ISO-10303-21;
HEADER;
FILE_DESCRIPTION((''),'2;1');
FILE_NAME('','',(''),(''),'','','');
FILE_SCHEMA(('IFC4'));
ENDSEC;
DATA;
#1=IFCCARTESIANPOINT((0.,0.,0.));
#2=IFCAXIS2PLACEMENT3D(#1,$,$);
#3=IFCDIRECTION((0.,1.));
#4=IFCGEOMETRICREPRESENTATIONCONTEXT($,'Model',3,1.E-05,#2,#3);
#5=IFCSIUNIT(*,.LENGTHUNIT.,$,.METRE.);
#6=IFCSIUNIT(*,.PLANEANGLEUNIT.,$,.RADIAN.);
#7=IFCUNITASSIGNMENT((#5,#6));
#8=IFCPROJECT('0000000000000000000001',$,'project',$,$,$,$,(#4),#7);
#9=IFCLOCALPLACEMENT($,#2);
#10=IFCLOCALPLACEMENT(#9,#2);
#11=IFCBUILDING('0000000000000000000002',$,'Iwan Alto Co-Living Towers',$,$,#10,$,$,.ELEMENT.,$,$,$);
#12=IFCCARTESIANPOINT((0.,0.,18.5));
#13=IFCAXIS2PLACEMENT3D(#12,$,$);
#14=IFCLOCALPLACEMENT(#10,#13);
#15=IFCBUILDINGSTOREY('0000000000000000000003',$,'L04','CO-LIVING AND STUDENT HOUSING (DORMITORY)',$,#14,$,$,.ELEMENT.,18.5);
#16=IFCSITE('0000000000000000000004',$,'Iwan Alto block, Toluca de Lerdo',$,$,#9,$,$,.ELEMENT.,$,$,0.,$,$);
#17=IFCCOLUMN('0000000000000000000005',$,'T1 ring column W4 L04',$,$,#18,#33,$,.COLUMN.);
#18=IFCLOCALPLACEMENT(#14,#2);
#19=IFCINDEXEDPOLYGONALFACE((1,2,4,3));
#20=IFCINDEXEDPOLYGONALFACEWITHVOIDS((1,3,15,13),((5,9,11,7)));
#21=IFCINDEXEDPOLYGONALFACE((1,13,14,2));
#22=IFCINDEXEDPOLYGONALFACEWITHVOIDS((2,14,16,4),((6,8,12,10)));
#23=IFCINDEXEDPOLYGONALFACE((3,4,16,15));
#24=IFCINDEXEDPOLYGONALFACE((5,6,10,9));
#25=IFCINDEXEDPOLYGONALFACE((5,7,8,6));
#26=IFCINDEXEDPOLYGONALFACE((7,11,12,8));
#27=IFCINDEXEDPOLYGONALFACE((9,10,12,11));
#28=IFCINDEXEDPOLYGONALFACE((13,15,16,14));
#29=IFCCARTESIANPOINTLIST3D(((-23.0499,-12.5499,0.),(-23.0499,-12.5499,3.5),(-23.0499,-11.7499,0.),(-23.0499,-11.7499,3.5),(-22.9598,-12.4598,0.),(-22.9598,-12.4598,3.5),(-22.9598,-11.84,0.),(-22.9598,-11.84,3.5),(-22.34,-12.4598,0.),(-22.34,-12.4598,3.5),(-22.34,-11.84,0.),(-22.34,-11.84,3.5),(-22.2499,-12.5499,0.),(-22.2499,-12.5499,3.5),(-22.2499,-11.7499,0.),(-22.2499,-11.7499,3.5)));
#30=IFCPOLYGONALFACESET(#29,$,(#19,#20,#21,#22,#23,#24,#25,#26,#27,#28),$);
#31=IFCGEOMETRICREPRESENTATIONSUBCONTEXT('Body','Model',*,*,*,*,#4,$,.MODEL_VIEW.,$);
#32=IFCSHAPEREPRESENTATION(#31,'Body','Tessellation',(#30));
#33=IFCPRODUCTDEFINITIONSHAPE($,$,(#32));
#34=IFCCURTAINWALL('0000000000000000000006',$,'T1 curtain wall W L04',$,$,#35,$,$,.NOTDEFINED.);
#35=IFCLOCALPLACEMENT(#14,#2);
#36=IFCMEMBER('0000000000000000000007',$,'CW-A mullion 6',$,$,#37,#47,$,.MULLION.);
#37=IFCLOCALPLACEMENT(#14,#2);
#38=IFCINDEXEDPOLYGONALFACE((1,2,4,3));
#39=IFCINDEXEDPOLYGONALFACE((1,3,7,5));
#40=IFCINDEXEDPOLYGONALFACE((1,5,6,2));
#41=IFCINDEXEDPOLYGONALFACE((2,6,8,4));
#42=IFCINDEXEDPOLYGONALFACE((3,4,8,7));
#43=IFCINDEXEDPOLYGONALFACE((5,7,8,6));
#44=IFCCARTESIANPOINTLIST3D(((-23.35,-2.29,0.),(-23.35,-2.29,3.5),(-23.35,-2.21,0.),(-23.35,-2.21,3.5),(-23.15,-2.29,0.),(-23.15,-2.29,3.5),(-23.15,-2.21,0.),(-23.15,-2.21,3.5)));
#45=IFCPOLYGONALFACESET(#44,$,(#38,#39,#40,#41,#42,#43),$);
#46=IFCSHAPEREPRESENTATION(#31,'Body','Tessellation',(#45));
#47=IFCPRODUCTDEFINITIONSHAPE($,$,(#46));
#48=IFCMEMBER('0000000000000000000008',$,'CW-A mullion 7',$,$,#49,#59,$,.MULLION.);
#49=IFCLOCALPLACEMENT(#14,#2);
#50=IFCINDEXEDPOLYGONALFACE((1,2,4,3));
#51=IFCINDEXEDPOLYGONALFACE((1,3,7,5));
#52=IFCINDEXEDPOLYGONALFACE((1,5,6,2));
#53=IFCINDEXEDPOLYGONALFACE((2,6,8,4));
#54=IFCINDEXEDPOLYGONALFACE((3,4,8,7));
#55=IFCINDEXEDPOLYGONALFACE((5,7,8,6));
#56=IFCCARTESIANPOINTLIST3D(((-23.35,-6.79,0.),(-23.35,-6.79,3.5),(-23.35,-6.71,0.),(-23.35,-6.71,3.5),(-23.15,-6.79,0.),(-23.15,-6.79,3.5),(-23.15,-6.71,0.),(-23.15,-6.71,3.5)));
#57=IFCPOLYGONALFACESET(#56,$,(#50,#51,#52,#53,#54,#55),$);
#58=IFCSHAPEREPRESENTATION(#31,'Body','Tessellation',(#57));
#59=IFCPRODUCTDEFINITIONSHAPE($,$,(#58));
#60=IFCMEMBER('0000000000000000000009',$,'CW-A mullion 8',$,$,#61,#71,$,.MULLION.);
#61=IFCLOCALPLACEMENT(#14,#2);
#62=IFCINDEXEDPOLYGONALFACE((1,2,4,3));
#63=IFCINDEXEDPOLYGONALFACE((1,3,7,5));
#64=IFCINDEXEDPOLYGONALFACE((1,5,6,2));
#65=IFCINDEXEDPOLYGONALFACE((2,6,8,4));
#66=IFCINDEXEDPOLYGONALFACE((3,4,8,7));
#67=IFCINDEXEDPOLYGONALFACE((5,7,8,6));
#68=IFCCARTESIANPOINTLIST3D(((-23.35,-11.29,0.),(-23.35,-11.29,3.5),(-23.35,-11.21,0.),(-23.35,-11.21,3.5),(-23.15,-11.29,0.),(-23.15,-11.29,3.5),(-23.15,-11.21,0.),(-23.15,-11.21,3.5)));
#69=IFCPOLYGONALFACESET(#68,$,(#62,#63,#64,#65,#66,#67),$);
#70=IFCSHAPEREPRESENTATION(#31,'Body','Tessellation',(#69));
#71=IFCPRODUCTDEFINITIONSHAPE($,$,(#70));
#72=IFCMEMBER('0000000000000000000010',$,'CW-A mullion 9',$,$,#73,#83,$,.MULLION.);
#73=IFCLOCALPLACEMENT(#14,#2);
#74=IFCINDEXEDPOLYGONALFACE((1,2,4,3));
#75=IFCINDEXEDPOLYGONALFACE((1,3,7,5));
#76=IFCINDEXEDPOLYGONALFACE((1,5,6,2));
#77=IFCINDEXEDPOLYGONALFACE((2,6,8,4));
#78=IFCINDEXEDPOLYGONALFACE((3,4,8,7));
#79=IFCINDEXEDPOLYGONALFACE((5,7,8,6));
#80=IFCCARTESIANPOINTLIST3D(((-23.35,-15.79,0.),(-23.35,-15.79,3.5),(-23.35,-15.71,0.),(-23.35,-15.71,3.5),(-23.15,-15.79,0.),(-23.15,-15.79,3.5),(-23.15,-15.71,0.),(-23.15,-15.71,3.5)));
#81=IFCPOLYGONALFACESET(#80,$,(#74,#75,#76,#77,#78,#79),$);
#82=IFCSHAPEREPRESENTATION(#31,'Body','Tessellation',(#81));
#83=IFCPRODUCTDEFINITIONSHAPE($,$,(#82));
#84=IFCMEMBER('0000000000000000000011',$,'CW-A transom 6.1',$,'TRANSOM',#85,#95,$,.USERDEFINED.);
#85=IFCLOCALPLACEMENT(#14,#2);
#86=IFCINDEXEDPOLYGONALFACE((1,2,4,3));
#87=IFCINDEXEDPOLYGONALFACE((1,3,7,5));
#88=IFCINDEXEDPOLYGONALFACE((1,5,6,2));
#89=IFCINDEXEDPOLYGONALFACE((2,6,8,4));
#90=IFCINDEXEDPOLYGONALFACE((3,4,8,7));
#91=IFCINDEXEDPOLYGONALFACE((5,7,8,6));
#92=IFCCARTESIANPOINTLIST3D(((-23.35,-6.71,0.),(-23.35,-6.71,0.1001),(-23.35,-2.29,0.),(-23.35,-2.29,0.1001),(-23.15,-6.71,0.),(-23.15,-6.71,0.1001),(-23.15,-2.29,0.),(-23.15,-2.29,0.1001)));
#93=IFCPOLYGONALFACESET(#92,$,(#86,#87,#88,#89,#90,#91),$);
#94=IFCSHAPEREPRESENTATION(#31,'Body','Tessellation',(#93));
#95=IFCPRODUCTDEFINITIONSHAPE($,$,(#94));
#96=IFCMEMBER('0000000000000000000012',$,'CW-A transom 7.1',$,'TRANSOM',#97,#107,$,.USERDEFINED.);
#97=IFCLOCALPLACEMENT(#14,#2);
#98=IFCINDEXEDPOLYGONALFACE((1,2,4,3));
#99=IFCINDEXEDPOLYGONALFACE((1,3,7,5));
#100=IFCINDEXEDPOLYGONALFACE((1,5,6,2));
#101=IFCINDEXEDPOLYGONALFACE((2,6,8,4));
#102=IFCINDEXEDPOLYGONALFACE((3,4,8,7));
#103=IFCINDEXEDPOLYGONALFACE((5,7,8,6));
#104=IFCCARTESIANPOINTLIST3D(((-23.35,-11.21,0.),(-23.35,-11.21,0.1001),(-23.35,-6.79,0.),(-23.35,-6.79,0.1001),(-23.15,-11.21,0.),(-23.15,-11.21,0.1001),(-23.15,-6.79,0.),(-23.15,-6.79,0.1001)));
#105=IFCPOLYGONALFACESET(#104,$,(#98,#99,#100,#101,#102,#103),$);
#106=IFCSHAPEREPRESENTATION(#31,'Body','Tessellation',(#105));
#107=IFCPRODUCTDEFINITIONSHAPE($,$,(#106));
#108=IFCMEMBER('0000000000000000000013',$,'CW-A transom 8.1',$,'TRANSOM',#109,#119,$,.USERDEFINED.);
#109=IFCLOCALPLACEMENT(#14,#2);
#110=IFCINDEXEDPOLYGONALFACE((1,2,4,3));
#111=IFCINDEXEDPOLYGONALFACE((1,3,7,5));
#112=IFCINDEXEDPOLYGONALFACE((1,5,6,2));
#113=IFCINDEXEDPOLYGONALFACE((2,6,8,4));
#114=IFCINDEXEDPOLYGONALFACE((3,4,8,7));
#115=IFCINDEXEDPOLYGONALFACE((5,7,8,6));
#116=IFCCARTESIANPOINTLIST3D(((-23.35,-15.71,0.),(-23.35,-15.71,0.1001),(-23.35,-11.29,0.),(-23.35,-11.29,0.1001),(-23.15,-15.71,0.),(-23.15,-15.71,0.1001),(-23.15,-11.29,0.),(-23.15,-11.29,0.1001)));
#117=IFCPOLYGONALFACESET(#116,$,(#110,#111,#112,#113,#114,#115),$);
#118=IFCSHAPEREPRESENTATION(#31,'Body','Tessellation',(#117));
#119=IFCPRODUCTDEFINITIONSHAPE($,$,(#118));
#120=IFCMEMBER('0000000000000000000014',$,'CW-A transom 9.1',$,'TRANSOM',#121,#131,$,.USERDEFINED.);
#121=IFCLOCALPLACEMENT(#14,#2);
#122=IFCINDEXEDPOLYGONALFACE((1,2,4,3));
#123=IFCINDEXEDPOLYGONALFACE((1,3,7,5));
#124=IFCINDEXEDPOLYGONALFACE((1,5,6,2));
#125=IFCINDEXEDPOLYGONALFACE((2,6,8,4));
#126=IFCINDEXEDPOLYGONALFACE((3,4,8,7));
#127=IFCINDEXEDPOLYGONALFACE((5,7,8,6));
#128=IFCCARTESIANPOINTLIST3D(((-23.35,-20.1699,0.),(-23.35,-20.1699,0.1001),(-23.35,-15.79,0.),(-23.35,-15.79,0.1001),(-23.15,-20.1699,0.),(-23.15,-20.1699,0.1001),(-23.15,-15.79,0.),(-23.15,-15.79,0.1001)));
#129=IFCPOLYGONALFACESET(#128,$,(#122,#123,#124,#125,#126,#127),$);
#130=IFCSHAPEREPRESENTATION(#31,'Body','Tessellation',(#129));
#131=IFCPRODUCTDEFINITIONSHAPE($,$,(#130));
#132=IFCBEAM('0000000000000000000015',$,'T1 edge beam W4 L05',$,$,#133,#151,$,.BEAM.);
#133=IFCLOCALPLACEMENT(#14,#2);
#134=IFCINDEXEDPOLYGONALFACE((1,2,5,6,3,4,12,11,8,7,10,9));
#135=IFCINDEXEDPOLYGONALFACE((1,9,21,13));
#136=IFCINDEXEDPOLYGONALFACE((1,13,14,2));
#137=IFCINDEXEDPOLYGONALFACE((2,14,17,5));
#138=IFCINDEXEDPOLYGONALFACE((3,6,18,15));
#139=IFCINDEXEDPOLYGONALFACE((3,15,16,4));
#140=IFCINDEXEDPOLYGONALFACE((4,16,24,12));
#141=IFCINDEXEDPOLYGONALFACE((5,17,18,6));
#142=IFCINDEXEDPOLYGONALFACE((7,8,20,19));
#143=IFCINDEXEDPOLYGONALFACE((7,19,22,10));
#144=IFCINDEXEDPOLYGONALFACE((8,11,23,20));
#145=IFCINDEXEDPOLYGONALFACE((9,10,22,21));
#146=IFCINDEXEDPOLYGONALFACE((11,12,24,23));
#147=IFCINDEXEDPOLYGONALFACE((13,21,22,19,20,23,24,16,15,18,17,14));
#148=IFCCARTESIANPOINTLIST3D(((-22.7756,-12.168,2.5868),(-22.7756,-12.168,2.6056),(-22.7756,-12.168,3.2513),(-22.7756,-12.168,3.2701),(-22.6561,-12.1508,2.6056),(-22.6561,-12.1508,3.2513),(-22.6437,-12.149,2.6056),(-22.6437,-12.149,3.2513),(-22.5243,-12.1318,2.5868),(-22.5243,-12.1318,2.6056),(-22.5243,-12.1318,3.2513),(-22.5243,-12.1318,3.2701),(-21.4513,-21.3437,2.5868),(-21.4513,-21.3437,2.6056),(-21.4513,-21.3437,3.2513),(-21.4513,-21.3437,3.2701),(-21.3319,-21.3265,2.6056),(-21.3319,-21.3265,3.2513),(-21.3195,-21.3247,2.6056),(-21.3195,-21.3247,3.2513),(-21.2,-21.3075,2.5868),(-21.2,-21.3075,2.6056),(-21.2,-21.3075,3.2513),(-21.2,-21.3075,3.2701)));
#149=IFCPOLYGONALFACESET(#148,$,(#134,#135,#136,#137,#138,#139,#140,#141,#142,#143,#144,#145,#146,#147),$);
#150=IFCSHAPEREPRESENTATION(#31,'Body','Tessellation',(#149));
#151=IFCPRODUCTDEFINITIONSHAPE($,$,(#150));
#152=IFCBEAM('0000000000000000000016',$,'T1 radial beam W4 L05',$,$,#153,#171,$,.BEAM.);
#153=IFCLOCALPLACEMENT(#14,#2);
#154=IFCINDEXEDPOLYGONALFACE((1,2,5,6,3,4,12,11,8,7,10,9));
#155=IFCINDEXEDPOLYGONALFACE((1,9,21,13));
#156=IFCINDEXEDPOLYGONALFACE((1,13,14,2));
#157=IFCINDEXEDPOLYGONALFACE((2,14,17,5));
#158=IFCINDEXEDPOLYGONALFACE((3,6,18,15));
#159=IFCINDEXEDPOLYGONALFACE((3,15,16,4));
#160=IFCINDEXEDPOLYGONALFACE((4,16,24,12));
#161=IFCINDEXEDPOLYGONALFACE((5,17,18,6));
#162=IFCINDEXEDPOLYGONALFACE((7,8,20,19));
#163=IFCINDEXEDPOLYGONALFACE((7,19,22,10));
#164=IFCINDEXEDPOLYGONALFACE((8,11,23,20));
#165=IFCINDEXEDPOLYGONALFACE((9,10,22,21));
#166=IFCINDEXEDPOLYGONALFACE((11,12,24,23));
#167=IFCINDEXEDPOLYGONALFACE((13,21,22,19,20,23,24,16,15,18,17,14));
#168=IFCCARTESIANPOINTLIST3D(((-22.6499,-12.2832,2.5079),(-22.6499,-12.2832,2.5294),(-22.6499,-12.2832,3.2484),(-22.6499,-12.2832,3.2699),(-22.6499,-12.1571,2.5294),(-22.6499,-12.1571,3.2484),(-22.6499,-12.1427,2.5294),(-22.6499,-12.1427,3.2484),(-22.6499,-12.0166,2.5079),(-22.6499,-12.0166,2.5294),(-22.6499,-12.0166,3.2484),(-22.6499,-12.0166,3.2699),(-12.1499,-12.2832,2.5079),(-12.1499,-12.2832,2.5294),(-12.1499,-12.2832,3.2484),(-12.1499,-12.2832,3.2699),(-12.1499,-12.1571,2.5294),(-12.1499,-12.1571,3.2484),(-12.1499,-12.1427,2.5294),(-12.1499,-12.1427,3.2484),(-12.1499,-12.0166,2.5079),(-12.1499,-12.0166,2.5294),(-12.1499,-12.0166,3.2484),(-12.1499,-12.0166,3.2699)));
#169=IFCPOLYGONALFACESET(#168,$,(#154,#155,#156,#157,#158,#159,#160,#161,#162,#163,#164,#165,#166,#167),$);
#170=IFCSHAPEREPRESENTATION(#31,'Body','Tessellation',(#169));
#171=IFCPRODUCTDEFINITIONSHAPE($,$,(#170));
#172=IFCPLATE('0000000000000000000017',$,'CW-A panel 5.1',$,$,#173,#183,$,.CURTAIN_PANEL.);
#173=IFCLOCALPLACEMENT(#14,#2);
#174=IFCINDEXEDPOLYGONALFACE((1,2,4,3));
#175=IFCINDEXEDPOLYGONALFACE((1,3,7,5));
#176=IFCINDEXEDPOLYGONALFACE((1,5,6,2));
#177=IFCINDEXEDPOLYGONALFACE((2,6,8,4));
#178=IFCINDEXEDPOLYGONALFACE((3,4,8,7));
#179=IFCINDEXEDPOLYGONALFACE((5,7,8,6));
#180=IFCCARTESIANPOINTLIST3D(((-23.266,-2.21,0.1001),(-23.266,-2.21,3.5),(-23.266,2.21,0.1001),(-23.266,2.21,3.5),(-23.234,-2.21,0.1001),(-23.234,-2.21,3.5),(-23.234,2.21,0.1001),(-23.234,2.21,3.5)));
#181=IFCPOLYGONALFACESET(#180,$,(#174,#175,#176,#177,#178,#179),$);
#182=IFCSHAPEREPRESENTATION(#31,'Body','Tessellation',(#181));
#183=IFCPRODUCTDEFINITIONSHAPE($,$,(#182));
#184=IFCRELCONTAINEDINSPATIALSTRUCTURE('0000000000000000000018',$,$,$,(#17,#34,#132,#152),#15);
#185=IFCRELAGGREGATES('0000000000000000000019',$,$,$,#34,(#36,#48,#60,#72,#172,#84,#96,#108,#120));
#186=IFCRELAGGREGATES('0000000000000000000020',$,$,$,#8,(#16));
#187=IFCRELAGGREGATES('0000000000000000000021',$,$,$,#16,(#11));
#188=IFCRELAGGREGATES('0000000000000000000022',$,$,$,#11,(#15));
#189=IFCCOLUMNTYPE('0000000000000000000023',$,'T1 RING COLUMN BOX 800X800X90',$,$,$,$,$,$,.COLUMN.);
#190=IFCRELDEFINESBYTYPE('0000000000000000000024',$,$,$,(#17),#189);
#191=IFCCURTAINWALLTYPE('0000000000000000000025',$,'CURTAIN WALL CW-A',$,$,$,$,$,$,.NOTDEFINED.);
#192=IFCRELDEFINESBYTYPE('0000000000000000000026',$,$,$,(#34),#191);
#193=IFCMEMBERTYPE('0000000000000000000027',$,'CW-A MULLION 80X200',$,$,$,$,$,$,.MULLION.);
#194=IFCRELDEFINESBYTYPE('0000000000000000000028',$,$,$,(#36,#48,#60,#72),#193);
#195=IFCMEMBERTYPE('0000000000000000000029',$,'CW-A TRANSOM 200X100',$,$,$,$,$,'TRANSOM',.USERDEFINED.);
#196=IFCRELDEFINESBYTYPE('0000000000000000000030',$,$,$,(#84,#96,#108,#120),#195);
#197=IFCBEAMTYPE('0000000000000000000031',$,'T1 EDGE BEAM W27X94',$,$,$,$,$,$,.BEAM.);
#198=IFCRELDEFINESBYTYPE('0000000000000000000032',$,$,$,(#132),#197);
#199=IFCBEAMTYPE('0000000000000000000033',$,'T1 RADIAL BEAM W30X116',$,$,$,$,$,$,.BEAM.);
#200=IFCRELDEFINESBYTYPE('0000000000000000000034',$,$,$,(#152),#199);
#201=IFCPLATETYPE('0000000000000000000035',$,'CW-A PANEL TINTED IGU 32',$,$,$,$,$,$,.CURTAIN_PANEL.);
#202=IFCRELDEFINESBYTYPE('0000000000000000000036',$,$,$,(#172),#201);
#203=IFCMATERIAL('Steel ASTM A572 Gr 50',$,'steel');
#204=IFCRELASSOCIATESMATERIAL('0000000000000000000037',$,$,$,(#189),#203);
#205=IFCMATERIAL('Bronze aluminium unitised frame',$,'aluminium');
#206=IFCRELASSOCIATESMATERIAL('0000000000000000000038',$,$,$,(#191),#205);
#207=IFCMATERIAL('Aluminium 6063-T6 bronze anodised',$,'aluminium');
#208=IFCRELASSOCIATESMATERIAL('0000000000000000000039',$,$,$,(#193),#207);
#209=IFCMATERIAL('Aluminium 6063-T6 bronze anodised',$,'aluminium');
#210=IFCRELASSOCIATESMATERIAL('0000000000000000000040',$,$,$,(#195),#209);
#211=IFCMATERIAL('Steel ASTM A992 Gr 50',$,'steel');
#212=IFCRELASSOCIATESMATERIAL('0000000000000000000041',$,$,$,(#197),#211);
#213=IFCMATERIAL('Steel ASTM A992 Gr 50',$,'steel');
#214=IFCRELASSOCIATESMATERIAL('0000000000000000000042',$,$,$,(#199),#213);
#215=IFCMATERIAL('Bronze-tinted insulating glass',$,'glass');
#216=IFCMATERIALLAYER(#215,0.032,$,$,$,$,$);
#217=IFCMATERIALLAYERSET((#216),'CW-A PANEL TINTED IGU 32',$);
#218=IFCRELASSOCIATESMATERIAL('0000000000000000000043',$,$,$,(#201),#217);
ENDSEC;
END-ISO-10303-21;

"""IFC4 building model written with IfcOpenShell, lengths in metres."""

from ifc_helpers import new_model, si_unit, direction, frame, origin, origin_2d, place, context, subcontext, project, spatial, rectangle, hollow_rectangle, i_section, extrude, material, layer, layer_set, material_profile, profile_set, type_object, element, aggregate, save


model = new_model("IFC4")

# Units and contexts
model_context = context("Model", 3, precision=1e-05, world=origin(), true_north=direction((0.0, 1.0)))
body_context = subcontext(model_context, "Body", "Model", "MODEL_VIEW")
ifc_project = project(units=[si_unit("LENGTHUNIT", "METRE"), si_unit("PLANEANGLEUNIT", "RADIAN")], contexts=[model_context])

# Site, building, storey
site_placement = place(None, origin())
site = spatial("IfcSite", under=ifc_project, at=site_placement, Name="Iwan Alto block, Toluca de Lerdo", CompositionType="ELEMENT", RefElevation=0.0)
building_placement = place(site_placement, origin())
building = spatial("IfcBuilding", under=site, at=building_placement, Name="Iwan Alto Co-Living Towers", CompositionType="ELEMENT")
storey_placement = place(building_placement, frame((0.0, 0.0, 18.5)))
storey = spatial("IfcBuildingStorey", under=building, at=storey_placement, Name="L04", Description="CO-LIVING AND STUDENT HOUSING (DORMITORY)", CompositionType="ELEMENT", Elevation=18.5)

# Column
ifc_material_1 = material(Name="Steel ASTM A572 Gr 50", Category="steel")
ifc_material_profile_1 = material_profile(ifc_material_1, hollow_rectangle(XDim=0.8, YDim=0.8, WallThickness=0.0901, at=origin_2d()), Name="BOX 800X800X90")
ifc_profile_set_1 = profile_set([ifc_material_profile_1], Name="Steel ASTM A572 Gr 50")
column_type = type_object("IfcColumnType", Name="T1 RING COLUMN BOX 800X800X90", PredefinedType="COLUMN", material=ifc_profile_set_1)
column_placement = place(storey_placement, frame((-22.6499, -12.1499, 0.0), z_axis=(0.0, 0.0, 1.0), x_axis=(1.0, 0.0, 0.0)))
element("IfcColumn", 1, at=column_placement, inside=storey, type_object=column_type, Name="T1 ring column W4 L04", PredefinedType="COLUMN", context=body_context, shape_type="SweptSolid", body=[
    extrude(hollow_rectangle(XDim=0.8, YDim=0.8, WallThickness=0.0901, at=origin_2d()), origin(), (0.0, 0.0, 1.0), 3.5),
])

# Curtain wall, members
ifc_material_2 = material(Name="Bronze aluminium unitised frame", Category="aluminium")
curtain_wall_type = type_object("IfcCurtainWallType", Name="CURTAIN WALL CW-A", PredefinedType="NOTDEFINED", material=ifc_material_2)
curtain_wall_placement = place(storey_placement, origin())
curtain_wall = element("IfcCurtainWall", 2, at=curtain_wall_placement, inside=storey, type_object=curtain_wall_type, Name="T1 curtain wall W L04", PredefinedType="NOTDEFINED")
ifc_material_3 = material(Name="Aluminium 6063-T6 bronze anodised", Category="aluminium")
ifc_material_profile_2 = material_profile(ifc_material_3, rectangle(XDim=0.2, YDim=0.0801, at=origin_2d()), Name="AL 80X200")
ifc_profile_set_2 = profile_set([ifc_material_profile_2], Name="Aluminium 6063-T6 bronze anodised")
member_type_1 = type_object("IfcMemberType", Name="CW-A MULLION 80X200", PredefinedType="MULLION", material=ifc_profile_set_2)
member_1_placement = place(storey_placement, frame((-23.25, -2.25, 0.0), z_axis=(0.0, 0.0, 1.0), x_axis=(1.0, 0.0, 0.0)))
member_1 = element("IfcMember", 3, at=member_1_placement, type_object=member_type_1, Name="CW-A mullion 6", PredefinedType="MULLION", context=body_context, shape_type="SweptSolid", body=[
    extrude(rectangle(XDim=0.2, YDim=0.0801, at=origin_2d()), origin(), (0.0, 0.0, 1.0), 3.5),
])
member_2_placement = place(storey_placement, frame((-23.25, -6.75, 0.0), z_axis=(0.0, 0.0, 1.0), x_axis=(1.0, 0.0, 0.0)))
member_2 = element("IfcMember", 4, at=member_2_placement, type_object=member_type_1, Name="CW-A mullion 7", PredefinedType="MULLION", context=body_context, shape_type="SweptSolid", body=[
    extrude(rectangle(XDim=0.2, YDim=0.0801, at=origin_2d()), origin(), (0.0, 0.0, 1.0), 3.5),
])
member_3_placement = place(storey_placement, frame((-23.25, -11.25, 0.0), z_axis=(0.0, 0.0, 1.0), x_axis=(1.0, 0.0, 0.0)))
member_3 = element("IfcMember", 5, at=member_3_placement, type_object=member_type_1, Name="CW-A mullion 8", PredefinedType="MULLION", context=body_context, shape_type="SweptSolid", body=[
    extrude(rectangle(XDim=0.2, YDim=0.0801, at=origin_2d()), origin(), (0.0, 0.0, 1.0), 3.5),
])
member_4_placement = place(storey_placement, frame((-23.25, -15.75, 0.0), z_axis=(0.0, 0.0, 1.0), x_axis=(1.0, 0.0, 0.0)))
member_4 = element("IfcMember", 6, at=member_4_placement, type_object=member_type_1, Name="CW-A mullion 9", PredefinedType="MULLION", context=body_context, shape_type="SweptSolid", body=[
    extrude(rectangle(XDim=0.2, YDim=0.0801, at=origin_2d()), origin(), (0.0, 0.0, 1.0), 3.5),
])
ifc_material_4 = material(Name="Aluminium 6063-T6 bronze anodised", Category="aluminium")
ifc_material_profile_3 = material_profile(ifc_material_4, rectangle(XDim=0.2, YDim=0.1001, at=origin_2d()), Name="AL 200X100")
ifc_profile_set_3 = profile_set([ifc_material_profile_3], Name="Aluminium 6063-T6 bronze anodised")
member_type_2 = type_object("IfcMemberType", Name="CW-A TRANSOM 200X100", ElementType="TRANSOM", PredefinedType="USERDEFINED", material=ifc_profile_set_3)
member_5_placement = place(storey_placement, frame((-23.25, -2.29, 0.05), z_axis=(0.0, -1.0, 0.0), x_axis=(1.0, 0.0, 0.0)))
member_5 = element("IfcMember", 7, at=member_5_placement, type_object=member_type_2, Name="CW-A transom 6.1", ObjectType="TRANSOM", PredefinedType="USERDEFINED", context=body_context, shape_type="SweptSolid", body=[
    extrude(rectangle(XDim=0.2, YDim=0.1001, at=origin_2d()), origin(), (0.0, 0.0, 1.0), 4.4199),
])
member_6_placement = place(storey_placement, frame((-23.25, -6.79, 0.05), z_axis=(0.0, -1.0, 0.0), x_axis=(1.0, 0.0, 0.0)))
member_6 = element("IfcMember", 8, at=member_6_placement, type_object=member_type_2, Name="CW-A transom 7.1", ObjectType="TRANSOM", PredefinedType="USERDEFINED", context=body_context, shape_type="SweptSolid", body=[
    extrude(rectangle(XDim=0.2, YDim=0.1001, at=origin_2d()), origin(), (0.0, 0.0, 1.0), 4.4199),
])
member_7_placement = place(storey_placement, frame((-23.25, -11.29, 0.05), z_axis=(0.0, -1.0, 0.0), x_axis=(1.0, 0.0, 0.0)))
member_7 = element("IfcMember", 9, at=member_7_placement, type_object=member_type_2, Name="CW-A transom 8.1", ObjectType="TRANSOM", PredefinedType="USERDEFINED", context=body_context, shape_type="SweptSolid", body=[
    extrude(rectangle(XDim=0.2, YDim=0.1001, at=origin_2d()), origin(), (0.0, 0.0, 1.0), 4.4199),
])
member_8_placement = place(storey_placement, frame((-23.25, -15.79, 0.05), z_axis=(0.0, -1.0, 0.0), x_axis=(1.0, 0.0, 0.0)))
member_8 = element("IfcMember", 10, at=member_8_placement, type_object=member_type_2, Name="CW-A transom 9.1", ObjectType="TRANSOM", PredefinedType="USERDEFINED", context=body_context, shape_type="SweptSolid", body=[
    extrude(rectangle(XDim=0.2, YDim=0.1001, at=origin_2d()), origin(), (0.0, 0.0, 1.0), 4.3799),
])

# Beams
ifc_material_5 = material(Name="Steel ASTM A992 Gr 50", Category="steel")
ifc_material_profile_4 = material_profile(ifc_material_5, i_section(OverallWidth=0.2539, OverallDepth=0.6833, WebThickness=0.0125, FlangeThickness=0.0188, at=origin_2d()), Name="W27X94")
ifc_profile_set_4 = profile_set([ifc_material_profile_4], Name="Steel ASTM A992 Gr 50")
beam_type_1 = type_object("IfcBeamType", Name="T1 EDGE BEAM W27X94", PredefinedType="BEAM", material=ifc_profile_set_4)
beam_1_placement = place(storey_placement, frame((-22.6499, -12.1499, 2.9285), z_axis=(0.142837, -0.989746, 0.0), x_axis=(0.989746, 0.142837, 0.0)))
element("IfcBeam", 11, at=beam_1_placement, inside=storey, type_object=beam_type_1, Name="T1 edge beam W4 L05", PredefinedType="BEAM", context=body_context, shape_type="SweptSolid", body=[
    extrude(i_section(OverallWidth=0.2539, OverallDepth=0.6833, WebThickness=0.0125, FlangeThickness=0.0188, at=origin_2d()), origin(), (0.0, 0.0, 1.0), 9.2708),
])
ifc_material_6 = material(Name="Steel ASTM A992 Gr 50", Category="steel")
ifc_material_profile_5 = material_profile(ifc_material_6, i_section(OverallWidth=0.2666, OverallDepth=0.762, WebThickness=0.0144, FlangeThickness=0.0215, at=origin_2d()), Name="W30X116")
ifc_profile_set_5 = profile_set([ifc_material_profile_5], Name="Steel ASTM A992 Gr 50")
beam_type_2 = type_object("IfcBeamType", Name="T1 RADIAL BEAM W30X116", PredefinedType="BEAM", material=ifc_profile_set_5)
beam_2_placement = place(storey_placement, frame((-22.6499, -12.1499, 2.8889), z_axis=(1.0, 0.0, 0.0), x_axis=(0.0, 1.0, 0.0)))
element("IfcBeam", 12, at=beam_2_placement, inside=storey, type_object=beam_type_2, Name="T1 radial beam W4 L05", PredefinedType="BEAM", context=body_context, shape_type="SweptSolid", body=[
    extrude(i_section(OverallWidth=0.2666, OverallDepth=0.762, WebThickness=0.0144, FlangeThickness=0.0215, at=origin_2d()), origin(), (0.0, 0.0, 1.0), 10.5),
])

# Plate
ifc_material_7 = material(Name="Bronze-tinted insulating glass", Category="glass")
ifc_layer_1 = layer(ifc_material_7, 0.032)
ifc_layer_set_1 = layer_set([ifc_layer_1], Name="CW-A PANEL TINTED IGU 32")
plate_type = type_object("IfcPlateType", Name="CW-A PANEL TINTED IGU 32", PredefinedType="CURTAIN_PANEL", material=ifc_layer_set_1)
plate_1_placement = place(storey_placement, frame((-23.25, 0.0, 0.1001), z_axis=(0.0, 0.0, 1.0), x_axis=(0.0, -1.0, 0.0)))
plate_1 = element("IfcPlate", 13, at=plate_1_placement, type_object=plate_type, Name="CW-A panel 5.1", PredefinedType="CURTAIN_PANEL", context=body_context, shape_type="SweptSolid", body=[
    extrude(rectangle(XDim=4.4199, YDim=0.032, at=origin_2d()), origin(), (0.0, 0.0, 1.0), 3.3999),
])
aggregate(curtain_wall, [member_1, member_2, member_3, member_4, plate_1, member_5, member_6, member_7, member_8])

save(model, "model.ifc")
